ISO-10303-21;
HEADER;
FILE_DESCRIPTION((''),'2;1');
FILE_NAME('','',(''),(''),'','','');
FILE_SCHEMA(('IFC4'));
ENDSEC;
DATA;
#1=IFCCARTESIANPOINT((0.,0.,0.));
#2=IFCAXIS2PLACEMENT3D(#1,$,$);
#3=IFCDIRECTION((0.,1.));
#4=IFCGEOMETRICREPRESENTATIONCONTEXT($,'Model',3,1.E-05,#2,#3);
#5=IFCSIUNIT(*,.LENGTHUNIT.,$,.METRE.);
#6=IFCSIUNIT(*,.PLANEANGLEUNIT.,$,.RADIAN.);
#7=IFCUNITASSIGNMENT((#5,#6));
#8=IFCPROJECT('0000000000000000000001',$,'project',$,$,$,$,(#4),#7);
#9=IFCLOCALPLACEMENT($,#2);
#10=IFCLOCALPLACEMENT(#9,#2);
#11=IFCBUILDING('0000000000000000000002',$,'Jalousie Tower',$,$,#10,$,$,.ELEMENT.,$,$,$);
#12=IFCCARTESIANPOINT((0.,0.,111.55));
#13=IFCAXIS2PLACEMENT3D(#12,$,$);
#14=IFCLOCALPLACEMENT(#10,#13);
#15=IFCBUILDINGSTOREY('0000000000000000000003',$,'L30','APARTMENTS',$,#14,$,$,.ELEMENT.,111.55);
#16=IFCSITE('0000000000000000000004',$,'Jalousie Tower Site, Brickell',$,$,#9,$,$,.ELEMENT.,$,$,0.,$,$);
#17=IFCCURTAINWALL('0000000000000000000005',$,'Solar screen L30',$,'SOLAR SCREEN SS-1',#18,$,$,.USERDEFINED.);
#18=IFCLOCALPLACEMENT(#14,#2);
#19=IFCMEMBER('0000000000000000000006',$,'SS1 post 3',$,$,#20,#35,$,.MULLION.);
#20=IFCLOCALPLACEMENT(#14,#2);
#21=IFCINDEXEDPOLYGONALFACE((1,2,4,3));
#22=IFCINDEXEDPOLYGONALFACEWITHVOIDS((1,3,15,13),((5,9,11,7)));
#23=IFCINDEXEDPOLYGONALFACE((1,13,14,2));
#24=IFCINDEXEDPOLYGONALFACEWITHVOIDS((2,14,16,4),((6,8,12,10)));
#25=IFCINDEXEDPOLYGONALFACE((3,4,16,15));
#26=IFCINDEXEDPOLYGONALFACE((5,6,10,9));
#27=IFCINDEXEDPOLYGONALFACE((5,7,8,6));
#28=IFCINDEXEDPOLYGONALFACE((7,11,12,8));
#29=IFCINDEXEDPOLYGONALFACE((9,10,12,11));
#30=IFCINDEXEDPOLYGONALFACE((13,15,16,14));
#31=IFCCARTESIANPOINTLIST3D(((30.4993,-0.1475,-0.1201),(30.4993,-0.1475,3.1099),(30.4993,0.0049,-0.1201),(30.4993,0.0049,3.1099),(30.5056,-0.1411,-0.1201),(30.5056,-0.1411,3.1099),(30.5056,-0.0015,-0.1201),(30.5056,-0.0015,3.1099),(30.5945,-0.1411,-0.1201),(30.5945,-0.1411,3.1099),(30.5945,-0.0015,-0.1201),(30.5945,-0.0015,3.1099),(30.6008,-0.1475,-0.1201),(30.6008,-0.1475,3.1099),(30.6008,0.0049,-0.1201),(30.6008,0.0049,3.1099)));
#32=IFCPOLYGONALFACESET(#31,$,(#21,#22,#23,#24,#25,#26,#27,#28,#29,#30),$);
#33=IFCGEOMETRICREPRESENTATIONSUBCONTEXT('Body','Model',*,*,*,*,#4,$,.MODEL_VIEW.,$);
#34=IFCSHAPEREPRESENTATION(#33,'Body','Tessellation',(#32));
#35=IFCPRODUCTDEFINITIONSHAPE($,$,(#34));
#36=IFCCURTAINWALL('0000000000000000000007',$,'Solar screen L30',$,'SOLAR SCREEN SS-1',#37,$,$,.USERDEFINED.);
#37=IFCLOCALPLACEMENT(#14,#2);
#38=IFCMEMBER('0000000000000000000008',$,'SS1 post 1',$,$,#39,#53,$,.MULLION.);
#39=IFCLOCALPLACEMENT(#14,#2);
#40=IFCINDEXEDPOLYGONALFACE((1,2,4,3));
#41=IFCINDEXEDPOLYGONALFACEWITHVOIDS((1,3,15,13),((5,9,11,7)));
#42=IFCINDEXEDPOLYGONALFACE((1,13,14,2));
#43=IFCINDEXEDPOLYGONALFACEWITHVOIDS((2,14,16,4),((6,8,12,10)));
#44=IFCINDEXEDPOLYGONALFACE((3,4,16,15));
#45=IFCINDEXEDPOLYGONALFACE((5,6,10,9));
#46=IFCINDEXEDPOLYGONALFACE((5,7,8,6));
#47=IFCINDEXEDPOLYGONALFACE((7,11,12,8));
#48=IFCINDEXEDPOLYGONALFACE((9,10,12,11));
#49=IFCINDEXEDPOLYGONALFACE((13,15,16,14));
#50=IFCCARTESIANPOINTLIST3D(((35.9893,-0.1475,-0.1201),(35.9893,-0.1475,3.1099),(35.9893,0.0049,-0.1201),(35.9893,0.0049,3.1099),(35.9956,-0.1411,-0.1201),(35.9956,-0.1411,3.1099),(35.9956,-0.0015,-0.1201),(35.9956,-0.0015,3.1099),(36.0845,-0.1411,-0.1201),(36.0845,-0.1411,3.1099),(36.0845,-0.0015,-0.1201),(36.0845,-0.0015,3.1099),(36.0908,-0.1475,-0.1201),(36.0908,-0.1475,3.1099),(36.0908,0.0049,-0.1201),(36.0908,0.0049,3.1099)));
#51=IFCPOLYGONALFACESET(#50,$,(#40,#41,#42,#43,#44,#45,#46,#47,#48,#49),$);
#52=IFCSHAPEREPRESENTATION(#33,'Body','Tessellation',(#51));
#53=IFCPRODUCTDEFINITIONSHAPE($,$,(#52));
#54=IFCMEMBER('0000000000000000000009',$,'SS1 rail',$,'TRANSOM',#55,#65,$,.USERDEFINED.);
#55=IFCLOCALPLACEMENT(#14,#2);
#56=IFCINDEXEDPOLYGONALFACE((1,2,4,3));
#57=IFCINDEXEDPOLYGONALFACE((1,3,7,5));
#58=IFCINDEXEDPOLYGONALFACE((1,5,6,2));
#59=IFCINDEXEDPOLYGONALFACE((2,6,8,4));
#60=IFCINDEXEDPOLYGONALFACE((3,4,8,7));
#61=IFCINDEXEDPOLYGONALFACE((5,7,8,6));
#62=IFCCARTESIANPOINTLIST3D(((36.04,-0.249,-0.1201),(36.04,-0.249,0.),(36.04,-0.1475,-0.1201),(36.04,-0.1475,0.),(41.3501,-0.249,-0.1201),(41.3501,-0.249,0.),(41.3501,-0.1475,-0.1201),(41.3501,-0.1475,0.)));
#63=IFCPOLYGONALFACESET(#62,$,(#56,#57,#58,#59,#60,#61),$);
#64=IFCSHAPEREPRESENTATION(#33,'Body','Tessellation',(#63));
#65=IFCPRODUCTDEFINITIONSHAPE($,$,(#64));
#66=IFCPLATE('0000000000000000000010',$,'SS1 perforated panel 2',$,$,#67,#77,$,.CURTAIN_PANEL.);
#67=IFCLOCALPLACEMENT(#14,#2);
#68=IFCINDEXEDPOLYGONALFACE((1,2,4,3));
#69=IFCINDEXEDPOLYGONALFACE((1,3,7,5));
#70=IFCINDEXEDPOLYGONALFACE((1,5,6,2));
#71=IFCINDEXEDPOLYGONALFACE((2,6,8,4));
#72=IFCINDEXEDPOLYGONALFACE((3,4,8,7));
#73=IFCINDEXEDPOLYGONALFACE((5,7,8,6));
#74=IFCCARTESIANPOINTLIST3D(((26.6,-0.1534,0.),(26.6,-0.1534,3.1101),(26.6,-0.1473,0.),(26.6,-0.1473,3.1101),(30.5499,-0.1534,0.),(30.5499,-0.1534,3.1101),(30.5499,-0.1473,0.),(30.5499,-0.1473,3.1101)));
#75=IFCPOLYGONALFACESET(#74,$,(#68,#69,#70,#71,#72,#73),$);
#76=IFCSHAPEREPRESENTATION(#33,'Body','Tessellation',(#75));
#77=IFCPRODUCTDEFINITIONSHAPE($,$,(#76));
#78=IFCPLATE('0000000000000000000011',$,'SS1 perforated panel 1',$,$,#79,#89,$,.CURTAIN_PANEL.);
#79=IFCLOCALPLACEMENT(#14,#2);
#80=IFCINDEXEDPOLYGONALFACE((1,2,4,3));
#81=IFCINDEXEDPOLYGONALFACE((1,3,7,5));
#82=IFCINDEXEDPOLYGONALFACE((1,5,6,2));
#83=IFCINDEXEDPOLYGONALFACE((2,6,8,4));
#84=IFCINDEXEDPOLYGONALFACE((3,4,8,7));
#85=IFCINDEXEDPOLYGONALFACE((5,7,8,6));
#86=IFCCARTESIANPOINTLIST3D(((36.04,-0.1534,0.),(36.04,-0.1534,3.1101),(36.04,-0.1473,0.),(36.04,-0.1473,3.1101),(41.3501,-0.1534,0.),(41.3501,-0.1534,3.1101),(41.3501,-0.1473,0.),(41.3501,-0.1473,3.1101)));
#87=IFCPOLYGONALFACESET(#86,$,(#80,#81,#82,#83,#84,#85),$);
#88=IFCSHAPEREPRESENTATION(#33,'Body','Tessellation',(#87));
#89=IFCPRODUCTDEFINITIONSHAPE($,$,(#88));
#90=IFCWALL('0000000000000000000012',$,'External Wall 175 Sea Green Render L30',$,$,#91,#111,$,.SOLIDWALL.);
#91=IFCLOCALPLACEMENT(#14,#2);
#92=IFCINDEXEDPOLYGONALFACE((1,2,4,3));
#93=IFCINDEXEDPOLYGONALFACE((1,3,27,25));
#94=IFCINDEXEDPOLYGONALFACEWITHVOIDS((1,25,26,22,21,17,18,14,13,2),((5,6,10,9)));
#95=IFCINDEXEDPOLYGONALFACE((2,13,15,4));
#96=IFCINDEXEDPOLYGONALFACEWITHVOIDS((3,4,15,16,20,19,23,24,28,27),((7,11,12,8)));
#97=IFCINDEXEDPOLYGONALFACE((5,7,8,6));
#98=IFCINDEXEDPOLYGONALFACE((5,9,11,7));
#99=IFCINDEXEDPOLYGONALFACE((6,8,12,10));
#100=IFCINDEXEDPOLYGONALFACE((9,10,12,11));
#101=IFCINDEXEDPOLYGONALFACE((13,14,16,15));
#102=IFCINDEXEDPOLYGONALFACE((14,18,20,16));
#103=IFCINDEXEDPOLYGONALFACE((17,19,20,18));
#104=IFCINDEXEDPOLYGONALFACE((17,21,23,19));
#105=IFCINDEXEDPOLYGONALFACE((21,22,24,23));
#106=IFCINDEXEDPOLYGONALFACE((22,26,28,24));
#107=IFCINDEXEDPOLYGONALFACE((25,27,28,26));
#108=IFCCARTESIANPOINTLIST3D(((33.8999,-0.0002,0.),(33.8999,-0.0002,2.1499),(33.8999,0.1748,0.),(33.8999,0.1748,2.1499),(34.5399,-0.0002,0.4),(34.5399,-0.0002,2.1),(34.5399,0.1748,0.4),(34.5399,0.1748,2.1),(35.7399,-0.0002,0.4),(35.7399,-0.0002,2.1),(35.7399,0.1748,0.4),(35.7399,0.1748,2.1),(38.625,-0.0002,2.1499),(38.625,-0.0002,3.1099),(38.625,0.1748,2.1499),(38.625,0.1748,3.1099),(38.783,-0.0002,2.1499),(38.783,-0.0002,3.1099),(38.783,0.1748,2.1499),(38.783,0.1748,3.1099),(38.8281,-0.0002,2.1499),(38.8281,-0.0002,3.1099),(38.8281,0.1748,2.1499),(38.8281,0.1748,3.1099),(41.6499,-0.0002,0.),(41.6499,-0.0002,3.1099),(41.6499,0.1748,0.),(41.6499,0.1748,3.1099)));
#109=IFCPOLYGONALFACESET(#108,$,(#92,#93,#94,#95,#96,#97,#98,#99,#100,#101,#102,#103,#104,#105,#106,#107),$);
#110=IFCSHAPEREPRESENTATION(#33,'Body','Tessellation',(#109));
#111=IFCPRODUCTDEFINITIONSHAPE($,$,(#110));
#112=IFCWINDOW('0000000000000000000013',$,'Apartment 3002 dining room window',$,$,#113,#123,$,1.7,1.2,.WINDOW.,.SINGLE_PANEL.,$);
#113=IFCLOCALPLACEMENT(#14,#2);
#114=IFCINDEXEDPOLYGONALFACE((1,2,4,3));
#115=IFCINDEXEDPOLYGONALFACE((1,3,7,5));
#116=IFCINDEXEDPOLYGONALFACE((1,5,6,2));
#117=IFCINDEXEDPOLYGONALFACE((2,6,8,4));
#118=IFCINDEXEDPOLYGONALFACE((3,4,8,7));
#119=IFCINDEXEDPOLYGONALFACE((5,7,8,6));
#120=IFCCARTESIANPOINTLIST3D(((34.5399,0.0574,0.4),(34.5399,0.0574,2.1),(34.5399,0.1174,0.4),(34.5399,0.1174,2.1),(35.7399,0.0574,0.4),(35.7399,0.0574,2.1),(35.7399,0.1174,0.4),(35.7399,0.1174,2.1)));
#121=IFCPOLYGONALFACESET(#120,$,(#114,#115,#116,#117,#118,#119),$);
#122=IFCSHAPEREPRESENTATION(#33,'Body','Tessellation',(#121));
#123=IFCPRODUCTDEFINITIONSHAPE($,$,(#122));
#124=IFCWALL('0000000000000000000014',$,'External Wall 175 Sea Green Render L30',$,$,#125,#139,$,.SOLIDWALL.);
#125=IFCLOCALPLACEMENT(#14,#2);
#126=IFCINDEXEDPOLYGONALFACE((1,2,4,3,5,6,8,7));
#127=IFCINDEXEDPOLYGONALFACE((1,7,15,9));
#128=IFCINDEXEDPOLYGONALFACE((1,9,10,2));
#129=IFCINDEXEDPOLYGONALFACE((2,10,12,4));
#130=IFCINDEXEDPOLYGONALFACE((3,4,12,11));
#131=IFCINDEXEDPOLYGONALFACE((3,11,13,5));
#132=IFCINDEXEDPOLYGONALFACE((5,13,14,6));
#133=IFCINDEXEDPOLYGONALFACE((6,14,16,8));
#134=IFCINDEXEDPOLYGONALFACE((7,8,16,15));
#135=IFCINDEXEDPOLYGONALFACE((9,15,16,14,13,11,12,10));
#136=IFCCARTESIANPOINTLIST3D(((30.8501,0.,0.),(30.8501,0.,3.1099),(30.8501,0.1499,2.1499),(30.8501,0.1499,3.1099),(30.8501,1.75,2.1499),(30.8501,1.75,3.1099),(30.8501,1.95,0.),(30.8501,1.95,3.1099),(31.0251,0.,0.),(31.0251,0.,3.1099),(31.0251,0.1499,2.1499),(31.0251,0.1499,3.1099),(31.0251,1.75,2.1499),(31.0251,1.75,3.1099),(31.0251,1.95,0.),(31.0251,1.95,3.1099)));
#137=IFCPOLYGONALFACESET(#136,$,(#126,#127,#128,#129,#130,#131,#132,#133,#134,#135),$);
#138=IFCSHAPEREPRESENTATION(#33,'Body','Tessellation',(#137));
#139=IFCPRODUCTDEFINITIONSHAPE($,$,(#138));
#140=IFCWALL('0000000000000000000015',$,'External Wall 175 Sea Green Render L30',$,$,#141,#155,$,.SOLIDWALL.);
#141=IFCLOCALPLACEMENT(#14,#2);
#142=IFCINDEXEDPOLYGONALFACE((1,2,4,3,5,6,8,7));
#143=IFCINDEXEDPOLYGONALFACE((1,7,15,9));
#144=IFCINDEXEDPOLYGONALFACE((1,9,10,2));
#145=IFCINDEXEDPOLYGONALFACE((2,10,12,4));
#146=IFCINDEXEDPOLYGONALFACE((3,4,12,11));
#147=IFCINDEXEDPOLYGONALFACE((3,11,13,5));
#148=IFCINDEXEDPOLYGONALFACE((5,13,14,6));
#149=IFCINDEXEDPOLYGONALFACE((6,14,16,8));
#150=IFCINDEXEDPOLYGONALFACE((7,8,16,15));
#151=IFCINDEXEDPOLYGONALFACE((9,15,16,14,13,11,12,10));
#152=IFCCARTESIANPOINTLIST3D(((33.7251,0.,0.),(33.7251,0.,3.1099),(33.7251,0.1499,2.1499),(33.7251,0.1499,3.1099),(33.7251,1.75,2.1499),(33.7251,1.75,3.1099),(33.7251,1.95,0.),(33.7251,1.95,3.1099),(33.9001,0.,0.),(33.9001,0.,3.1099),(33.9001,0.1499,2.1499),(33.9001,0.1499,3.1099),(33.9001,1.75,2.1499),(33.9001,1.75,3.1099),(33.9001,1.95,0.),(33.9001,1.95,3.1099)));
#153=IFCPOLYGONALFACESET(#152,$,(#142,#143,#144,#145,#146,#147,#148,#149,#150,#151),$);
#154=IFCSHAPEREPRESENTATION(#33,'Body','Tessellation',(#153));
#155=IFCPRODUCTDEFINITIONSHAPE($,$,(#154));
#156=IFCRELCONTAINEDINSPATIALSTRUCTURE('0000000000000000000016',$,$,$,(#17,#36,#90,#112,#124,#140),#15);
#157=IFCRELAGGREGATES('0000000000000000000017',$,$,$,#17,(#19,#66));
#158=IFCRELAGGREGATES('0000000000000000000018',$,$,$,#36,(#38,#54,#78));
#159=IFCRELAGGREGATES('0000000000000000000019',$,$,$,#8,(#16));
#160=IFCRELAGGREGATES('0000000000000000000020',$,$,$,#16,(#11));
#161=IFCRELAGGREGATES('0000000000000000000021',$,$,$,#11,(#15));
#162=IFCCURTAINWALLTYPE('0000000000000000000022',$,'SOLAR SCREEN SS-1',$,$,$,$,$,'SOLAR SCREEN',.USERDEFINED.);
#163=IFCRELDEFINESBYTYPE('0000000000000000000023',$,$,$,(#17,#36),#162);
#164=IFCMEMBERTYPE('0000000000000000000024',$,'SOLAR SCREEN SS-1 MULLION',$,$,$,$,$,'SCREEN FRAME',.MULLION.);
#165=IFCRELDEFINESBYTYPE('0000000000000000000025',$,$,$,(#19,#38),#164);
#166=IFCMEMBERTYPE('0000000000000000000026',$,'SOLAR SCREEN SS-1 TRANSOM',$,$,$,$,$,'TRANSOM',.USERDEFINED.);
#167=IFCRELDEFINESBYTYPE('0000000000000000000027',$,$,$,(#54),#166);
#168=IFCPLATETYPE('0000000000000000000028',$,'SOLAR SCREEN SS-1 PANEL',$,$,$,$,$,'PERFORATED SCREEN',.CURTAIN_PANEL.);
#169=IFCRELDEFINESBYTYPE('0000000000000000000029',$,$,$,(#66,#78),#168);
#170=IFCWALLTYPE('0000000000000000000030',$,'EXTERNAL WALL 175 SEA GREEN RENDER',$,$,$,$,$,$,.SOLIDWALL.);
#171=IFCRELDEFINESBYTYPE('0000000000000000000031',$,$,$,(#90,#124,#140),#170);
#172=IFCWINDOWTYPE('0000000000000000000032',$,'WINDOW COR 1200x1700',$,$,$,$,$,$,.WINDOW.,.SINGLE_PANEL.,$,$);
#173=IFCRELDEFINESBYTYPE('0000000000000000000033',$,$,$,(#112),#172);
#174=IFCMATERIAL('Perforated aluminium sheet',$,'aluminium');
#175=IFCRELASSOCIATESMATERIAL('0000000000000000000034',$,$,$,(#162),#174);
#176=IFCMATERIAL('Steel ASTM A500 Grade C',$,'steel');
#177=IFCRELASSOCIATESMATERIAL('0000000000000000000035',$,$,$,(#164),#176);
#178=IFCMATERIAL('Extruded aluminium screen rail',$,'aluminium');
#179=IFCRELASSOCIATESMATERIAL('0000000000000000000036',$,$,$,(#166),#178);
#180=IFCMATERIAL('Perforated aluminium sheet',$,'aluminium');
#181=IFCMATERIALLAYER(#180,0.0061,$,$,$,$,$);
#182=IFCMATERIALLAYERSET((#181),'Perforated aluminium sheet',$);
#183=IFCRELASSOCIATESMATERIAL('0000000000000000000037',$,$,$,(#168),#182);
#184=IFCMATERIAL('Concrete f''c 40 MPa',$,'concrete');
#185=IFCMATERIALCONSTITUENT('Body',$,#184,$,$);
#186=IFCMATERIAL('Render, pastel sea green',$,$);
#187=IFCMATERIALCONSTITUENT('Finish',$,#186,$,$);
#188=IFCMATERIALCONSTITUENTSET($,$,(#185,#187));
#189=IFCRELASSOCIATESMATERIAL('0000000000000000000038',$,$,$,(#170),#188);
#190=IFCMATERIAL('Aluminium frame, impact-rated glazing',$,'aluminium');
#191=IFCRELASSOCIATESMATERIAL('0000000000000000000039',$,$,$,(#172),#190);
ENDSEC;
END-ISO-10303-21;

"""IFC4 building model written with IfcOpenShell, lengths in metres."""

from ifc_helpers import new_model, si_unit, direction, frame, frame_2d, origin, origin_2d, place, context, subcontext, project, spatial, polyline, rectangle, hollow_rectangle, outline, extrude, material, layer, layer_set, constituent, constituent_set, material_profile, profile_set, type_object, element, fill, aggregate, save


model = new_model("IFC4")

# Units and contexts
model_context = context("Model", 3, precision=1e-05, world=origin(), true_north=direction((0.0, 1.0)))
body_context = subcontext(model_context, "Body", "Model", "MODEL_VIEW")
ifc_project = project(units=[si_unit("LENGTHUNIT", "METRE"), si_unit("PLANEANGLEUNIT", "RADIAN")], contexts=[model_context])

# Site, building, storey
site_placement = place(None, origin())
site = spatial("IfcSite", under=ifc_project, at=site_placement, Name="Jalousie Tower Site, Brickell", CompositionType="ELEMENT", RefElevation=0.0)
building_placement = place(site_placement, origin())
building = spatial("IfcBuilding", under=site, at=building_placement, Name="Jalousie Tower", CompositionType="ELEMENT")
storey_placement = place(building_placement, frame((0.0, 0.0, 111.55)))
storey = spatial("IfcBuildingStorey", under=building, at=storey_placement, Name="L30", Description="APARTMENTS", CompositionType="ELEMENT", Elevation=111.55)

# Curtain wall, member
ifc_material_1 = material(Name="Perforated aluminium sheet", Category="aluminium")
curtain_wall_type = type_object("IfcCurtainWallType", Name="SOLAR SCREEN SS-1", ElementType="SOLAR SCREEN", PredefinedType="USERDEFINED", material=ifc_material_1)
curtain_wall_1_placement = place(storey_placement, origin())
curtain_wall_1 = element("IfcCurtainWall", 1, at=curtain_wall_1_placement, inside=storey, type_object=curtain_wall_type, Name="Solar screen L30", ObjectType="SOLAR SCREEN SS-1", PredefinedType="USERDEFINED")
ifc_material_2 = material(Name="Steel ASTM A500 Grade C", Category="steel")
ifc_material_profile_1 = material_profile(ifc_material_2, hollow_rectangle(XDim=0.1016, YDim=0.1523, WallThickness=0.0063, at=origin_2d()), Name="HSS6X4X1/4")
ifc_profile_set_1 = profile_set([ifc_material_profile_1], Name="Steel ASTM A500 Grade C")
member_type_1 = type_object("IfcMemberType", Name="SOLAR SCREEN SS-1 MULLION", ElementType="SCREEN FRAME", PredefinedType="MULLION", material=ifc_profile_set_1)
member_1_placement = place(storey_placement, frame((30.55, -0.0713, -0.1201), z_axis=(0.0, 0.0, 1.0), x_axis=(1.0, 0.0, 0.0)))
member_1 = element("IfcMember", 2, at=member_1_placement, type_object=member_type_1, Name="SS1 post 3", PredefinedType="MULLION", context=body_context, shape_type="SweptSolid", body=[
    extrude(hollow_rectangle(XDim=0.1016, YDim=0.1523, WallThickness=0.0063, at=origin_2d()), origin(), (0.0, 0.0, 1.0), 3.23),
])

# Curtain wall, members
curtain_wall_2_placement = place(storey_placement, origin())
curtain_wall_2 = element("IfcCurtainWall", 3, at=curtain_wall_2_placement, inside=storey, type_object=curtain_wall_type, Name="Solar screen L30", ObjectType="SOLAR SCREEN SS-1", PredefinedType="USERDEFINED")
member_2_placement = place(storey_placement, frame((36.04, -0.0713, -0.1201), z_axis=(0.0, 0.0, 1.0), x_axis=(1.0, 0.0, 0.0)))
member_2 = element("IfcMember", 4, at=member_2_placement, type_object=member_type_1, Name="SS1 post 1", PredefinedType="MULLION", context=body_context, shape_type="SweptSolid", body=[
    extrude(hollow_rectangle(XDim=0.1016, YDim=0.1523, WallThickness=0.0063, at=origin_2d()), origin(), (0.0, 0.0, 1.0), 3.23),
])
ifc_material_3 = material(Name="Extruded aluminium screen rail", Category="aluminium")
ifc_material_profile_2 = material_profile(ifc_material_3, rectangle(XDim=0.1016, YDim=0.1201, at=origin_2d()), Name="RAIL 102x120")
ifc_profile_set_2 = profile_set([ifc_material_profile_2], Name="Extruded aluminium screen rail")
member_type_2 = type_object("IfcMemberType", Name="SOLAR SCREEN SS-1 TRANSOM", ElementType="TRANSOM", PredefinedType="USERDEFINED", material=ifc_profile_set_2)
member_3_placement = place(storey_placement, frame((36.04, -0.1982, -0.0601), z_axis=(1.0, 0.0, 0.0), x_axis=(0.0, 1.0, 0.0)))
member_3 = element("IfcMember", 5, at=member_3_placement, type_object=member_type_2, Name="SS1 rail", ObjectType="TRANSOM", PredefinedType="USERDEFINED", context=body_context, shape_type="SweptSolid", body=[
    extrude(rectangle(XDim=0.1016, YDim=0.1201, at=origin_2d()), origin(), (0.0, 0.0, 1.0), 5.3101),
])

# Plates
ifc_material_4 = material(Name="Perforated aluminium sheet", Category="aluminium")
ifc_layer_1 = layer(ifc_material_4, 0.0061)
ifc_layer_set_1 = layer_set([ifc_layer_1], Name="Perforated aluminium sheet")
plate_type = type_object("IfcPlateType", Name="SOLAR SCREEN SS-1 PANEL", ElementType="PERFORATED SCREEN", PredefinedType="CURTAIN_PANEL", material=ifc_layer_set_1)
plate_1_placement = place(storey_placement, frame((28.575, -0.1504, 0.0), z_axis=(0.0, 0.0, 1.0), x_axis=(1.0, 0.0, 0.0)))
plate_1 = element("IfcPlate", 6, at=plate_1_placement, type_object=plate_type, Name="SS1 perforated panel 2", PredefinedType="CURTAIN_PANEL", context=body_context, shape_type="SweptSolid", body=[
    extrude(rectangle(XDim=3.95, YDim=0.0061, at=origin_2d()), origin(), (0.0, 0.0, 1.0), 3.1101),
])
aggregate(curtain_wall_1, [member_1, plate_1])
plate_2_placement = place(storey_placement, frame((38.6951, -0.1504, 0.0), z_axis=(0.0, 0.0, 1.0), x_axis=(1.0, 0.0, 0.0)))
plate_2 = element("IfcPlate", 7, at=plate_2_placement, type_object=plate_type, Name="SS1 perforated panel 1", PredefinedType="CURTAIN_PANEL", context=body_context, shape_type="SweptSolid", body=[
    extrude(rectangle(XDim=5.3101, YDim=0.0061, at=origin_2d()), origin(), (0.0, 0.0, 1.0), 3.1101),
])
aggregate(curtain_wall_2, [member_2, member_3, plate_2])

# Wall, opening, window
ifc_material_5 = material(Name="Concrete f'c 40 MPa", Category="concrete")
ifc_constituent_1 = constituent(ifc_material_5, Name="Body")
ifc_material_6 = material(Name="Render, pastel sea green")
ifc_constituent_2 = constituent(ifc_material_6, Name="Finish")
ifc_constituent_set_1 = constituent_set(constituents=[ifc_constituent_1, ifc_constituent_2])
wall_type_1 = type_object("IfcWallType", Name="EXTERNAL WALL 175 SEA GREEN RENDER", PredefinedType="SOLIDWALL", material=ifc_constituent_set_1)
wall_1_placement = place(storey_placement, frame((33.8999, 0.0874, 0.0), z_axis=(0.0, 0.0, 1.0), x_axis=(1.0, 0.0, 0.0)))
wall_1 = element("IfcWall", 8, at=wall_1_placement, inside=storey, type_object=wall_type_1, Name="External Wall 175 Sea Green Render L30", PredefinedType="SOLIDWALL", context=body_context, shape_type="SweptSolid", body=[
    extrude(outline(polyline([(0.0, 0.0), (7.75, 0.0), (7.75, 3.1099), (4.9282, 3.1099), (4.9282, 2.1499), (4.8831, 2.1499), (4.8831, 3.1099), (4.7251, 3.1099), (4.7251, 2.1499), (0.0, 2.1499), (0.0, 0.0)])), frame((0.0, 0.0874, 0.0), z_axis=(0.0, -1.0, 0.0), x_axis=(1.0, 0.0, 0.0)), (0.0, 0.0, 1.0), 0.175),
])
opening_1_placement = place(wall_1_placement, frame((0.6399, 0.0, 0.3999)))
opening_1 = element("IfcOpeningElement", 9, at=opening_1_placement, cuts=wall_1, PredefinedType="OPENING", context=body_context, shape_type="SweptSolid", body=[
    extrude(rectangle(XDim=1.2, YDim=1.7, at=frame_2d((0.6001, 0.8501))), frame((0.0, 0.0974, 0.0), z_axis=(0.0, -1.0, 0.0), x_axis=(1.0, 0.0, 0.0)), (0.0, 0.0, 1.0), 0.1951),
])
ifc_material_7 = material(Name="Aluminium frame, impact-rated glazing", Category="aluminium")
window_type = type_object("IfcWindowType", Name="WINDOW COR 1200x1700", PartitioningType="SINGLE_PANEL", PredefinedType="WINDOW", material=ifc_material_7)
window_placement = place(opening_1_placement, origin())
window = element("IfcWindow", 10, at=window_placement, inside=storey, type_object=window_type, Name="Apartment 3002 dining room window", OverallHeight=1.7, OverallWidth=1.2, PartitioningType="SINGLE_PANEL", PredefinedType="WINDOW", context=body_context, shape_type="SweptSolid", body=[
    extrude(rectangle(XDim=1.2, YDim=1.7, at=frame_2d((0.6001, 0.8501))), frame((0.0, 0.03, 0.0), z_axis=(0.0, -1.0, 0.0), x_axis=(1.0, 0.0, 0.0)), (0.0, 0.0, 1.0), 0.0601),
])
fill(opening_1, window)

# Walls
for number, where, z_axis, x_axis, name in (
    (11, (30.9375, 0.0, 0.0), (0.0, 0.0, 1.0), (0.0, 1.0, 0.0), "External Wall 175 Sea Green Render L30"),
    (12, (33.8125, 0.0, 0.0), (0.0, 0.0, 1.0), (0.0, 1.0, 0.0), "External Wall 175 Sea Green Render L30"),
):
    element("IfcWall", number, at=place(storey_placement, frame(where, z_axis=z_axis, x_axis=x_axis)), inside=storey, type_object=wall_type_1, Name=name, PredefinedType="SOLIDWALL", context=body_context, shape_type="SweptSolid", body=[
        extrude(outline(polyline([(0.0, 0.0), (1.95, 0.0), (1.95, 3.1099), (1.75, 3.1099), (1.75, 2.1499), (0.1499, 2.1499), (0.1499, 3.1099), (0.0, 3.1099), (0.0, 0.0)])), frame((0.0, 0.0874, 0.0), z_axis=(0.0, -1.0, 0.0), x_axis=(1.0, 0.0, 0.0)), (0.0, 0.0, 1.0), 0.175),
    ])

save(model, "model.ifc")
